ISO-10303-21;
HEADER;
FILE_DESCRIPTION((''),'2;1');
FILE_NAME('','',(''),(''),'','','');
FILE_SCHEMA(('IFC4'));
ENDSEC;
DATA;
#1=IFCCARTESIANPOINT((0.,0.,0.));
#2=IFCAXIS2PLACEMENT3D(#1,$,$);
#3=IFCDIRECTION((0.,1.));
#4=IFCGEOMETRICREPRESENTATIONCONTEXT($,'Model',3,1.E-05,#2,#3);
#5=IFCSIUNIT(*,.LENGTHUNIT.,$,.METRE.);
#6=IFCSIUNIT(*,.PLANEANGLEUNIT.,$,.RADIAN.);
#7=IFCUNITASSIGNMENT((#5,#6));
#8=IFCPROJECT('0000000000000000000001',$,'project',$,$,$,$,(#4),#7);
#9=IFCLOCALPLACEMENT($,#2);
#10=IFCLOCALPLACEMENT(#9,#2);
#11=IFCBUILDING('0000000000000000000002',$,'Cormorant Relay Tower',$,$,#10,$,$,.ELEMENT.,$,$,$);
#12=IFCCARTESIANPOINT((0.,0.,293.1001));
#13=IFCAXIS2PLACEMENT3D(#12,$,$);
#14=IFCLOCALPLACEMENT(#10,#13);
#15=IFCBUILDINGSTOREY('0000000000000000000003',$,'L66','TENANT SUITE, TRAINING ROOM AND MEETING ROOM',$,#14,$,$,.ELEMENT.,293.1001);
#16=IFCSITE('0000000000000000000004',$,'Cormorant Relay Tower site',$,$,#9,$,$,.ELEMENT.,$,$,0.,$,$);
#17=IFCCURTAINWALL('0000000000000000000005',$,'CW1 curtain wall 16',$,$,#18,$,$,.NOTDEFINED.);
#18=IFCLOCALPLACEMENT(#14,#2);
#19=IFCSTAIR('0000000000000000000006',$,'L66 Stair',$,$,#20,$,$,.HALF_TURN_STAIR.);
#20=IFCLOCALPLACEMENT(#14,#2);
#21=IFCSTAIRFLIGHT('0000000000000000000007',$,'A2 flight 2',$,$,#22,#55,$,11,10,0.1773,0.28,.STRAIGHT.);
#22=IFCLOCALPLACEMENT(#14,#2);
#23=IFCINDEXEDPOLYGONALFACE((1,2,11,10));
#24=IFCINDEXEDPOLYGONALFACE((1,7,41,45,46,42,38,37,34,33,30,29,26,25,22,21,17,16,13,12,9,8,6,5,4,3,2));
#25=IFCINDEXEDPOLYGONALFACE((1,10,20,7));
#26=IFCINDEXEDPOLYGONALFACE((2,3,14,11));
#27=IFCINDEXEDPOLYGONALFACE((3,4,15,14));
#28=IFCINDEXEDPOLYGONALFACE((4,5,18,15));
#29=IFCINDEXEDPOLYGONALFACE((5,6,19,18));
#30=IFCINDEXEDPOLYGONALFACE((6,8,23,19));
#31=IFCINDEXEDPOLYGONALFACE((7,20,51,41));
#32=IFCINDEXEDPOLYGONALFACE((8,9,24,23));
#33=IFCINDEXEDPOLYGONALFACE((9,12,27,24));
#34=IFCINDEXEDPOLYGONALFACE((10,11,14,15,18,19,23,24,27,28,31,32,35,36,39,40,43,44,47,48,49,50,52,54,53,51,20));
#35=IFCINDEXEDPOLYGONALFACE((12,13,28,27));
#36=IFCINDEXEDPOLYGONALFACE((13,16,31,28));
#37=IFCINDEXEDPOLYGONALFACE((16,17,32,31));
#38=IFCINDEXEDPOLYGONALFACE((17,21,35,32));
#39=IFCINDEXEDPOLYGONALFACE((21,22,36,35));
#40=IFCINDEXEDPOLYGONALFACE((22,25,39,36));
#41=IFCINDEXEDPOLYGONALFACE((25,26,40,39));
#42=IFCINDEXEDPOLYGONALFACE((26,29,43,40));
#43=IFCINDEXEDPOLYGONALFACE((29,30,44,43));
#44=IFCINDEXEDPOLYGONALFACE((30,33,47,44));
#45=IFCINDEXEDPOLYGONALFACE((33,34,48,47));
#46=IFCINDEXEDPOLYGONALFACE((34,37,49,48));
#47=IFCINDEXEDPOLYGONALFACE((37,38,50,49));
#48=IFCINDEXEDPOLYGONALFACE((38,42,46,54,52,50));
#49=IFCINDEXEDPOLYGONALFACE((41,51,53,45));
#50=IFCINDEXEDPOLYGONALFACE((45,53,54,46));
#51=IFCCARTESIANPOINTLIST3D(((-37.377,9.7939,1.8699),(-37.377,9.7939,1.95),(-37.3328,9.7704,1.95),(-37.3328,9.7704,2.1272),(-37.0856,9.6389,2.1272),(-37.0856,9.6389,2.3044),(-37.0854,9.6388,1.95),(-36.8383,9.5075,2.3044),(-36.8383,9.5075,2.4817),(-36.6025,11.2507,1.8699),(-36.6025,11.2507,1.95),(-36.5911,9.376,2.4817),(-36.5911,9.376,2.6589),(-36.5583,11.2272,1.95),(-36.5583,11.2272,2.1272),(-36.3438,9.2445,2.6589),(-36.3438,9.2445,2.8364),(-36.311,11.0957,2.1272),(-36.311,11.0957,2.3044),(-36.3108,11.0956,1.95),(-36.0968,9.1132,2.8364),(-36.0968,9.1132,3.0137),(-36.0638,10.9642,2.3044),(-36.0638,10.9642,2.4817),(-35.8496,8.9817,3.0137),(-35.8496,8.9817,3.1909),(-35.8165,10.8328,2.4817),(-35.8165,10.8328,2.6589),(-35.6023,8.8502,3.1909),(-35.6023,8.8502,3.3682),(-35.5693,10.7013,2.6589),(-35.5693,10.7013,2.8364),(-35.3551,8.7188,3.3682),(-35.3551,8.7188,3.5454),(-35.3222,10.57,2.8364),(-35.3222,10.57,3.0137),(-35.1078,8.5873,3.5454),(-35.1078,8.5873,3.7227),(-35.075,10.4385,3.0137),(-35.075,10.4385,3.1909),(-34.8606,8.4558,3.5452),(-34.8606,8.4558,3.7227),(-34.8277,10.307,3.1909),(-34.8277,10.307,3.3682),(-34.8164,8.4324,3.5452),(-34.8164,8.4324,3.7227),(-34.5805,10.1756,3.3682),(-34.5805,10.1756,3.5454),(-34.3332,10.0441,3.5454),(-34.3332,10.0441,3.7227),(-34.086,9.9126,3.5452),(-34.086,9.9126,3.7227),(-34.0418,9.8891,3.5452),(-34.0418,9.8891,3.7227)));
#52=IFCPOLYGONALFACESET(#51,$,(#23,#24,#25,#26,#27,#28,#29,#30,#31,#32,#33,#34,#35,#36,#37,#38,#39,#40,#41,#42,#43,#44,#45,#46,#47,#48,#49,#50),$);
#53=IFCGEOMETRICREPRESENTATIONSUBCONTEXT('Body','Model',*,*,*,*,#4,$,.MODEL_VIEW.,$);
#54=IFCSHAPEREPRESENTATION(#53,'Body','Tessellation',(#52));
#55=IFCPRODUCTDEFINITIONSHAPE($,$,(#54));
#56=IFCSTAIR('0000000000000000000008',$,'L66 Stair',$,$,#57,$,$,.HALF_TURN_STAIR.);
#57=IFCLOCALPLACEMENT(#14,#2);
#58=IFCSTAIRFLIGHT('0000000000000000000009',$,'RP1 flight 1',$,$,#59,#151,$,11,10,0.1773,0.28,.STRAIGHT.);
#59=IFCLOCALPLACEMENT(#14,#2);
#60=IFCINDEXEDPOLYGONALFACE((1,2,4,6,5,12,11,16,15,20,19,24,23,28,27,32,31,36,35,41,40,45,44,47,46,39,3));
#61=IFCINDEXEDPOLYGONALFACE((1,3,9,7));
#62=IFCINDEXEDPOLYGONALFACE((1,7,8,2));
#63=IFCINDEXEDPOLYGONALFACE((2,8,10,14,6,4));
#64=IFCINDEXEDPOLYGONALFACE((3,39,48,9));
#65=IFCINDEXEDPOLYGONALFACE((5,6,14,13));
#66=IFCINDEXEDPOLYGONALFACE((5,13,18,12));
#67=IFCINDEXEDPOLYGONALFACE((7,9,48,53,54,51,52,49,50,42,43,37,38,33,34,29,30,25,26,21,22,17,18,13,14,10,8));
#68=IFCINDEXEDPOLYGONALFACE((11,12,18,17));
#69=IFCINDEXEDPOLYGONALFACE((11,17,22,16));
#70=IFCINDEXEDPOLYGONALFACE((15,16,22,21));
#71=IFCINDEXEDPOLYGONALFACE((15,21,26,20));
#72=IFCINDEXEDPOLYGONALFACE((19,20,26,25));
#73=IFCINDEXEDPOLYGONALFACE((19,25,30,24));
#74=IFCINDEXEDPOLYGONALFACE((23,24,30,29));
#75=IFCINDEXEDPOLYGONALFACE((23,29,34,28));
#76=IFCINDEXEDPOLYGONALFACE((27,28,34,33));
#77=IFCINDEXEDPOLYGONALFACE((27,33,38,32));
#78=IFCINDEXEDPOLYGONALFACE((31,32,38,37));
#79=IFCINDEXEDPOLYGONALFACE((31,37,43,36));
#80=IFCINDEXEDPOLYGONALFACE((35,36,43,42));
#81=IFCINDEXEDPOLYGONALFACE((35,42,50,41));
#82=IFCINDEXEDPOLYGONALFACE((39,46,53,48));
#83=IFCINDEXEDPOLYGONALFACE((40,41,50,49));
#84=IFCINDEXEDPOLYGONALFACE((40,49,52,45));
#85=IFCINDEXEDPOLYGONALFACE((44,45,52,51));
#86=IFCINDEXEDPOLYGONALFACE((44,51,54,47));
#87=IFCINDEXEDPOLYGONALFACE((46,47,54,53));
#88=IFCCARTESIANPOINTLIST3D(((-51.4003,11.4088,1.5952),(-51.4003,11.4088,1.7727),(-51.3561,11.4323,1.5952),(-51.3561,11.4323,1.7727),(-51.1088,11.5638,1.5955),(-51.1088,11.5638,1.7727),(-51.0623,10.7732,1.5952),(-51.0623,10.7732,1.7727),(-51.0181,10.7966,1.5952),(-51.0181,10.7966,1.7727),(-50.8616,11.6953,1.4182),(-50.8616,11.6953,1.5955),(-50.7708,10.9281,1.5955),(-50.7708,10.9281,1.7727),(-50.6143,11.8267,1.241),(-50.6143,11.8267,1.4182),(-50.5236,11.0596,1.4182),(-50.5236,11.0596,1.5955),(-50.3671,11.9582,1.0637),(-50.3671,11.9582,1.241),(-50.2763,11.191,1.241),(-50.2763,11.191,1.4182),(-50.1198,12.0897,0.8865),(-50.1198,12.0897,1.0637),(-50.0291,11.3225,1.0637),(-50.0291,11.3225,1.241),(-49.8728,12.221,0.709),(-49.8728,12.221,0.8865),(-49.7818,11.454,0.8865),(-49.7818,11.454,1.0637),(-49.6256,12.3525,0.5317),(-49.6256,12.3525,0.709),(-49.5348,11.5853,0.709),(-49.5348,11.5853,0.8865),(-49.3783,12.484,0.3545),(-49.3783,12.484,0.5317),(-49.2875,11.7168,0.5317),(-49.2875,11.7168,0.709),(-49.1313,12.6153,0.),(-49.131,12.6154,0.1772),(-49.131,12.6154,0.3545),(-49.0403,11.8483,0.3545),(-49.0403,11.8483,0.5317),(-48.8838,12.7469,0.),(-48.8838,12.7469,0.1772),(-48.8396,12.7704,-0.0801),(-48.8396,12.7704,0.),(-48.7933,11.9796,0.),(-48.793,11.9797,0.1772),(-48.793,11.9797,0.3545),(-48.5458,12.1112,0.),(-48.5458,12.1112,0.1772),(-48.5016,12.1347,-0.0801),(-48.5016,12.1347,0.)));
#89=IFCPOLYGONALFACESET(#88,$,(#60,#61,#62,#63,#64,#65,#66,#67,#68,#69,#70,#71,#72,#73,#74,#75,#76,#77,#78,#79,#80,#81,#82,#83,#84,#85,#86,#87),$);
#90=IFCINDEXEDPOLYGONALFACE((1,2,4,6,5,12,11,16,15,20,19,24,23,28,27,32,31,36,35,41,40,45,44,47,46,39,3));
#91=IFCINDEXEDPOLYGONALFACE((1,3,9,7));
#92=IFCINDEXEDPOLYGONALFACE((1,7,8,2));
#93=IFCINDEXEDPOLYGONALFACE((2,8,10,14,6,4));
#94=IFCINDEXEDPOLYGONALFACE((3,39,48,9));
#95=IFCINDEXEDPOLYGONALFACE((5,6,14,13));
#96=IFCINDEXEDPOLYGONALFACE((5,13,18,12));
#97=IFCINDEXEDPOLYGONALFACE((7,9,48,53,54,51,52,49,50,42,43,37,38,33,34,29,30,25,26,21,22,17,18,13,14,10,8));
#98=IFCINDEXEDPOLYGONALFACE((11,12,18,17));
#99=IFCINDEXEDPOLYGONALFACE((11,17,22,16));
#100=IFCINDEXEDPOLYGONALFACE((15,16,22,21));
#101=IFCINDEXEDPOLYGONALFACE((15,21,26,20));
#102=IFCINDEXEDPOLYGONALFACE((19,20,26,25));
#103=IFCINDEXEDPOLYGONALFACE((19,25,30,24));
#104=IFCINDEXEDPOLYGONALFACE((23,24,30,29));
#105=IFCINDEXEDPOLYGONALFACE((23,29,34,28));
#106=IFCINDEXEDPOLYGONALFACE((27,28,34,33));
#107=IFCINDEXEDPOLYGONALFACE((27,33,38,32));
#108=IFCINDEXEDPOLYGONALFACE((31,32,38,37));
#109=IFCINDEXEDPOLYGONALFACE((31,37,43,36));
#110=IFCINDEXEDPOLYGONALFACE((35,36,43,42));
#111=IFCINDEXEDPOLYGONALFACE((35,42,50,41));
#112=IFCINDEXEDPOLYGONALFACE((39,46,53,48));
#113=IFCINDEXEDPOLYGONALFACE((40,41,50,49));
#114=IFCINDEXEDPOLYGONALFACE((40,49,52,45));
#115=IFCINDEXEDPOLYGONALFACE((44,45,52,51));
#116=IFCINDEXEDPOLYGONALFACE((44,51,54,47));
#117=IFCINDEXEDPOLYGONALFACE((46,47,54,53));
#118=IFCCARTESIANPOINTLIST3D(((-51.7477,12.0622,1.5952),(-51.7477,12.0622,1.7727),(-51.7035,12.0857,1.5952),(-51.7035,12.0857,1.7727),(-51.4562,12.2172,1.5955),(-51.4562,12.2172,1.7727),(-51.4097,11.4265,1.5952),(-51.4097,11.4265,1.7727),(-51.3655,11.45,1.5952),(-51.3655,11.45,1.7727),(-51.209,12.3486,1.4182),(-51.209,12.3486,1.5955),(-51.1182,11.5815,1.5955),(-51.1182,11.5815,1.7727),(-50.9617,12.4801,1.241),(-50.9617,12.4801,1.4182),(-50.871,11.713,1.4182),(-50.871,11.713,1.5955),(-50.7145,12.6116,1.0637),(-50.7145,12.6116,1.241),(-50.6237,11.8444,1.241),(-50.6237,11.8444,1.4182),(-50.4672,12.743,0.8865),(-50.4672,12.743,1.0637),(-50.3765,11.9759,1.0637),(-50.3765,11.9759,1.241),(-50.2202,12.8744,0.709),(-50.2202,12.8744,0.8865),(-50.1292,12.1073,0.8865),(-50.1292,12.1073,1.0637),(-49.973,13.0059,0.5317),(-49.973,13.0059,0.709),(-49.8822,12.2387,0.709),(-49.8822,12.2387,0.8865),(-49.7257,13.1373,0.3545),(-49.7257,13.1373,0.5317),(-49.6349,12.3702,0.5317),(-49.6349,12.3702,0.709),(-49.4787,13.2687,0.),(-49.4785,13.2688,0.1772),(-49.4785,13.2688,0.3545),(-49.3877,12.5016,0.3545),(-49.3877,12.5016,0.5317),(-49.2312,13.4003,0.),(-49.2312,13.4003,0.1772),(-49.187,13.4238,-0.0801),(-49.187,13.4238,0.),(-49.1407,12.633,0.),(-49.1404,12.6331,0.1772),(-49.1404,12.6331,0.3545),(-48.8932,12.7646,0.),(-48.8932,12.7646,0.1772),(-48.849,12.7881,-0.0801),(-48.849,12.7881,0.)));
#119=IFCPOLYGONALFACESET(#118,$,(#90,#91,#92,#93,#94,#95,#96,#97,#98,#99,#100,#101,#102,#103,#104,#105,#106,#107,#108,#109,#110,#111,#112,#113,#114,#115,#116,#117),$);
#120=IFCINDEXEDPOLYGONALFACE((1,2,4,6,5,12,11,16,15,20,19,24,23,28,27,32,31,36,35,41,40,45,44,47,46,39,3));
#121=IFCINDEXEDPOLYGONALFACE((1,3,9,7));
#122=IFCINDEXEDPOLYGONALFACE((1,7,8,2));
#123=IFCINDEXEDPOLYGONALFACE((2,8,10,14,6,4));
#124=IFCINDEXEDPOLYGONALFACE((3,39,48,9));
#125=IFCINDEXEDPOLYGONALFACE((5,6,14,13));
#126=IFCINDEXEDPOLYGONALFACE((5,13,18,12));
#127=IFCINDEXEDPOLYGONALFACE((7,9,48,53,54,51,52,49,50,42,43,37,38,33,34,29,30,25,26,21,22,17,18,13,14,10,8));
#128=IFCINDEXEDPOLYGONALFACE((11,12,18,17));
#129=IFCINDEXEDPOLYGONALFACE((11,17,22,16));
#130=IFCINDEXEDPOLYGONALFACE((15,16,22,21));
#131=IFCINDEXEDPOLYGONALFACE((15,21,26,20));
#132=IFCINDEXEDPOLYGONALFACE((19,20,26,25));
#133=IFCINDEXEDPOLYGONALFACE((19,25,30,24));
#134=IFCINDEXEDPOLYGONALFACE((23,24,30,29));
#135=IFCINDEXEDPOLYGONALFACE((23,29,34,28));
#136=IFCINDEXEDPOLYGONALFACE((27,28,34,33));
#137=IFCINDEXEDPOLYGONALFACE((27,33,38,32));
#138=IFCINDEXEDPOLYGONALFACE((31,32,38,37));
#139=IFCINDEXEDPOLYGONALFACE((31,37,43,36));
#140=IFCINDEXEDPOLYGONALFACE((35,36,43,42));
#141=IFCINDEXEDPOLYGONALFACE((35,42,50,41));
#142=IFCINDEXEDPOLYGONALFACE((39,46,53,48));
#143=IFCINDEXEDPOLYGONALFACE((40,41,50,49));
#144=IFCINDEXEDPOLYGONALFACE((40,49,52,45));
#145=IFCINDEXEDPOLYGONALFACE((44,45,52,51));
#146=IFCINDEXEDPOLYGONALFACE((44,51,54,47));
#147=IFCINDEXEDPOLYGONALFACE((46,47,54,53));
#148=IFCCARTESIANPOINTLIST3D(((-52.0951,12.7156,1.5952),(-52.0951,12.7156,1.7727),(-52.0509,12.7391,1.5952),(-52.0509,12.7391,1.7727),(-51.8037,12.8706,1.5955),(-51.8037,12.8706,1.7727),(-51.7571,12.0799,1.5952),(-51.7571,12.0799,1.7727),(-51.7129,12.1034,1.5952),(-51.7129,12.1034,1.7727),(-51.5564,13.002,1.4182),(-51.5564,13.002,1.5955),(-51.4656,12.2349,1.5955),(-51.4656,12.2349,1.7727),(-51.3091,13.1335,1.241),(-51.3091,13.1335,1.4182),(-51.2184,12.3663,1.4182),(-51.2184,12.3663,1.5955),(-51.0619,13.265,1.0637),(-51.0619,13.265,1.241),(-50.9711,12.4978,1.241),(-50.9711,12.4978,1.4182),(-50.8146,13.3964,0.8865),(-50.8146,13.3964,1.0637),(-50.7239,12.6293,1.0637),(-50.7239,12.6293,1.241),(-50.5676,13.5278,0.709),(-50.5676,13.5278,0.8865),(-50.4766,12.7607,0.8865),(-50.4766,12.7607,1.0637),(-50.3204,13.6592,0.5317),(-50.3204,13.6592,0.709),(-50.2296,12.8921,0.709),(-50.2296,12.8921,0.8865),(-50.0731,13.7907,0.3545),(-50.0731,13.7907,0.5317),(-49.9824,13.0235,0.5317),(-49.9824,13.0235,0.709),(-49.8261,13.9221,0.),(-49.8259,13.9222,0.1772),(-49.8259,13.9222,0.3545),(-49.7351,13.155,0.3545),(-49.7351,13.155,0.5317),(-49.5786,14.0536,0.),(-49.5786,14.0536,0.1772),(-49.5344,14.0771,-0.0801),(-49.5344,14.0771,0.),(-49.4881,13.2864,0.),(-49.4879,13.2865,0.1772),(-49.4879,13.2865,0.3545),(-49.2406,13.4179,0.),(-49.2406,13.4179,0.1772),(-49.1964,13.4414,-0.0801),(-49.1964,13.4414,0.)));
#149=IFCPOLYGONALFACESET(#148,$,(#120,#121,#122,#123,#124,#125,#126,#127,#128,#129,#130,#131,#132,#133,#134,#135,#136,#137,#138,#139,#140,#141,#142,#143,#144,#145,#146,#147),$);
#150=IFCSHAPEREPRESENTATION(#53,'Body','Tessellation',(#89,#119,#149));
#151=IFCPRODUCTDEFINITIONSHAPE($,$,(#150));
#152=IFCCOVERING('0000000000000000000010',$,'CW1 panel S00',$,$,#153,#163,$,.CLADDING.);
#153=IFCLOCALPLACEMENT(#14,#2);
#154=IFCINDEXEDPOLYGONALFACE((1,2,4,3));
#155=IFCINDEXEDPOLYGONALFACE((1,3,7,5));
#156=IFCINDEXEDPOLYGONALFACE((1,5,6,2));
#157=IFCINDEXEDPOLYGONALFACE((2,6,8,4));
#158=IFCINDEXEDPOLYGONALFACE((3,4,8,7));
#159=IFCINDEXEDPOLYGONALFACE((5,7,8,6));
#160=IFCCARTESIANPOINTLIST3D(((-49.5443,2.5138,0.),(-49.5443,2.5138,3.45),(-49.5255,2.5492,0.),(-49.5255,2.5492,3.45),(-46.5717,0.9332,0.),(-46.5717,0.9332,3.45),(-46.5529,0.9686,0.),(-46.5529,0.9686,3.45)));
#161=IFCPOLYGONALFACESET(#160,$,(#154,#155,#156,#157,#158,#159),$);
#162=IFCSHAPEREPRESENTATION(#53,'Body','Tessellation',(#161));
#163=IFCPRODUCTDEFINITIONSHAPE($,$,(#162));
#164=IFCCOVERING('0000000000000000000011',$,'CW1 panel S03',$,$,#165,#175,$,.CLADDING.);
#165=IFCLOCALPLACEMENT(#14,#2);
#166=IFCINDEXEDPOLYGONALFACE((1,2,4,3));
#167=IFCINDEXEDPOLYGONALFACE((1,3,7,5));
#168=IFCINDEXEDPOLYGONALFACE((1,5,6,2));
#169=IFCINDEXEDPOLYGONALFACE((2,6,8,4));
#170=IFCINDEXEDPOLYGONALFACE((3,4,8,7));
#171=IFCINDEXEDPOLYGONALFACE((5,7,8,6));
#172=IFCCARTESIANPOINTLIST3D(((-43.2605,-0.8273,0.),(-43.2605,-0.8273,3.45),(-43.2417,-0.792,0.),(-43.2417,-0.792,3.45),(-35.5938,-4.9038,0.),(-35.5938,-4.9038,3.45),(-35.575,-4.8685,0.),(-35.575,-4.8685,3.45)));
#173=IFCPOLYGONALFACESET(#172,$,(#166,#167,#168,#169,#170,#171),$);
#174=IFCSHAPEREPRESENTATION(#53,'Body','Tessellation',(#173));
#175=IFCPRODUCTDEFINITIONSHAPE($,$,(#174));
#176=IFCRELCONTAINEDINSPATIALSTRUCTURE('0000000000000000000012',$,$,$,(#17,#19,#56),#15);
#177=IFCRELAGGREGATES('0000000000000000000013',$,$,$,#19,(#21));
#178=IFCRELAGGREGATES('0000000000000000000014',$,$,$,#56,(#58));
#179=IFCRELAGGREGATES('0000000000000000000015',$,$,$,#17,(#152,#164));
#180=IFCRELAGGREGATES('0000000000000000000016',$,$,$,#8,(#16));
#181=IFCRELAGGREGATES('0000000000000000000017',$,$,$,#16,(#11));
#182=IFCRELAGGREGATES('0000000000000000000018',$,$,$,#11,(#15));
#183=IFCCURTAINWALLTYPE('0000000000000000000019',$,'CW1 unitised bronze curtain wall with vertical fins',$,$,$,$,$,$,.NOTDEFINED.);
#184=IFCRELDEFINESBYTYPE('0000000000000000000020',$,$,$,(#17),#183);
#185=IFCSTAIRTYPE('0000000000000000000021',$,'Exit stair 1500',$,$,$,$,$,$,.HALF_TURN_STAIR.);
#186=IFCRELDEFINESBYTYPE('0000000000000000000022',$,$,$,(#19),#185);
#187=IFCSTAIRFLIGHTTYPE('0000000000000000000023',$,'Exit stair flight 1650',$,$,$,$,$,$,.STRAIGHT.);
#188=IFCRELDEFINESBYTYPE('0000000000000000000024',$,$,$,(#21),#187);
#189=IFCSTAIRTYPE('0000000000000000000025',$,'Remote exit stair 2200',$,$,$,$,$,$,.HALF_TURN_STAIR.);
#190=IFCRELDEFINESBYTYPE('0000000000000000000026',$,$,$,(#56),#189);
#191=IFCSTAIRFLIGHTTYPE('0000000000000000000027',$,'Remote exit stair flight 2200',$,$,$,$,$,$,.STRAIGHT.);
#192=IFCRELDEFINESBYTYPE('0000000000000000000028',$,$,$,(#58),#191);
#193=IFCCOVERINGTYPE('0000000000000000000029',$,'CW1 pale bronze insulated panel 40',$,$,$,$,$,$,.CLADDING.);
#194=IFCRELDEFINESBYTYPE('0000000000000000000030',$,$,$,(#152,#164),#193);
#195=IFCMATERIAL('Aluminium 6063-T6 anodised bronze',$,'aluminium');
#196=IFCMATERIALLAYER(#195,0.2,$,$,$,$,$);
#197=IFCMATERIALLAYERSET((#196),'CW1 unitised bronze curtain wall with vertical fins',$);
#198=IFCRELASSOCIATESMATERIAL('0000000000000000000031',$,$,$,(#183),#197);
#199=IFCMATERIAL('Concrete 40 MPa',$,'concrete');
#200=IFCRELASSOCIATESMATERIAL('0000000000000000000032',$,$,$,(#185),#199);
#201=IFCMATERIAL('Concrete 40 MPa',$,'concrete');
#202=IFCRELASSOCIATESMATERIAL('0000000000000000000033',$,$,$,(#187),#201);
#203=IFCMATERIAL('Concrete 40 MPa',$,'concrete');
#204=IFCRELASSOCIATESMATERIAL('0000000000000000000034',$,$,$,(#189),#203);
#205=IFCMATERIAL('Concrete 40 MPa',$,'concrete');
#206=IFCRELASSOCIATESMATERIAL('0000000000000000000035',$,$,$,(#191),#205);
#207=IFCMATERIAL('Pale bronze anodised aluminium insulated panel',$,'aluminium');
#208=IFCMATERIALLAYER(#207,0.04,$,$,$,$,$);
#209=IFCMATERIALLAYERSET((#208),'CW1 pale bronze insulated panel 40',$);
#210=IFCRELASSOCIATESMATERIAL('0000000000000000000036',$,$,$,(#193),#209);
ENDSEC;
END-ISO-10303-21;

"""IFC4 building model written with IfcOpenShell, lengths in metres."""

from ifc_helpers import new_model, si_unit, direction, frame, origin, origin_2d, place, context, subcontext, project, spatial, polyline, rectangle, outline, extrude, material, layer, layer_set, type_object, element, aggregate, save


model = new_model("IFC4")

# Units and contexts
model_context = context("Model", 3, precision=1e-05, world=origin(), true_north=direction((0.0, 1.0)))
body_context = subcontext(model_context, "Body", "Model", "MODEL_VIEW")
ifc_project = project(units=[si_unit("LENGTHUNIT", "METRE"), si_unit("PLANEANGLEUNIT", "RADIAN")], contexts=[model_context])

# Site, building, storey
site_placement = place(None, origin())
site = spatial("IfcSite", under=ifc_project, at=site_placement, Name="Cormorant Relay Tower site", CompositionType="ELEMENT", RefElevation=0.0)
building_placement = place(site_placement, origin())
building = spatial("IfcBuilding", under=site, at=building_placement, Name="Cormorant Relay Tower", CompositionType="ELEMENT")
storey_placement = place(building_placement, frame((0.0, 0.0, 293.1001)))
storey = spatial("IfcBuildingStorey", under=building, at=storey_placement, Name="L66", Description="TENANT SUITE, TRAINING ROOM AND MEETING ROOM", CompositionType="ELEMENT", Elevation=293.1001)

# Curtain wall
ifc_material_1 = material(Name="Aluminium 6063-T6 anodised bronze", Category="aluminium")
ifc_layer_1 = layer(ifc_material_1, 0.2)
ifc_layer_set_1 = layer_set([ifc_layer_1], Name="CW1 unitised bronze curtain wall with vertical fins")
curtain_wall_type = type_object("IfcCurtainWallType", Name="CW1 unitised bronze curtain wall with vertical fins", PredefinedType="NOTDEFINED", material=ifc_layer_set_1)
curtain_wall_placement = place(storey_placement, origin())
curtain_wall = element("IfcCurtainWall", 1, at=curtain_wall_placement, inside=storey, type_object=curtain_wall_type, Name="CW1 curtain wall 16", PredefinedType="NOTDEFINED")

# Stairs, stair flights
ifc_material_2 = material(Name="Concrete 40 MPa", Category="concrete")
stair_type_1 = type_object("IfcStairType", Name="Exit stair 1500", PredefinedType="HALF_TURN_STAIR", material=ifc_material_2)
stair_1_placement = place(storey_placement, origin())
stair_1 = element("IfcStair", 2, at=stair_1_placement, inside=storey, type_object=stair_type_1, Name="L66 Stair", PredefinedType="HALF_TURN_STAIR")
ifc_material_3 = material(Name="Concrete 40 MPa", Category="concrete")
stair_flight_type_1 = type_object("IfcStairFlightType", Name="Exit stair flight 1650", PredefinedType="STRAIGHT", material=ifc_material_3)
stair_flight_1_placement = place(storey_placement, frame((-36.9456, 10.4988, 1.95), z_axis=(0.0, 0.0, 1.0), x_axis=(0.882948, -0.469472, 0.0)))
stair_flight_1 = element("IfcStairFlight", 3, at=stair_flight_1_placement, type_object=stair_flight_type_1, Name="A2 flight 2", NumberOfRisers=11, NumberOfTreads=10, PredefinedType="STRAIGHT", RiserHeight=0.1773, TreadLength=0.28, context=body_context, shape_type="SweptSolid", body=[
    extrude(outline(polyline([(-0.05, -0.0801), (-0.05, 0.0), (0.0, 0.0), (0.0, 0.1772), (0.28, 0.1772), (0.28, 0.3545), (0.5601, 0.3545), (0.5601, 0.5317), (0.8401, 0.5317), (0.8401, 0.709), (1.1201, 0.709), (1.1201, 0.8865), (1.3999, 0.8865), (1.3999, 1.0637), (1.6799, 1.0637), (1.6799, 1.241), (1.96, 1.241), (1.96, 1.4182), (2.24, 1.4182), (2.24, 1.5955), (2.52, 1.5955), (2.52, 1.7727), (2.8, 1.7727), (2.8501, 1.7727), (2.8501, 1.5952), (2.8, 1.5952), (0.2803, 0.0), (-0.05, -0.0801)])), frame((0.0, 0.825, 0.0), z_axis=(0.0, -1.0, 0.0), x_axis=(1.0, 0.0, 0.0)), (0.0, 0.0, 1.0), 1.6499),
])
aggregate(stair_1, [stair_flight_1])
ifc_material_4 = material(Name="Concrete 40 MPa", Category="concrete")
stair_type_2 = type_object("IfcStairType", Name="Remote exit stair 2200", PredefinedType="HALF_TURN_STAIR", material=ifc_material_4)
stair_2_placement = place(storey_placement, origin())
stair_2 = element("IfcStair", 4, at=stair_2_placement, inside=storey, type_object=stair_type_2, Name="L66 Stair", PredefinedType="HALF_TURN_STAIR")
ifc_material_5 = material(Name="Concrete 40 MPa", Category="concrete")
stair_flight_type_2 = type_object("IfcStairFlightType", Name="Remote exit stair flight 2200", PredefinedType="STRAIGHT", material=ifc_material_5)
stair_flight_2_placement = place(storey_placement, frame((-49.0623, 13.0825, 0.0), z_axis=(0.0, 0.0, 1.0), x_axis=(-0.882948, -0.469472, 0.0)))
stair_flight_2 = element("IfcStairFlight", 5, at=stair_flight_2_placement, type_object=stair_flight_type_2, Name="RP1 flight 1", NumberOfRisers=11, NumberOfTreads=10, PredefinedType="STRAIGHT", RiserHeight=0.1773, TreadLength=0.28, context=body_context, shape_type="SweptSolid", body=[
    extrude(outline(polyline([(-0.05, -0.0801), (-0.05, 0.0), (0.0, 0.0), (0.0, 0.1772), (0.28, 0.1772), (0.28, 0.3545), (0.5601, 0.3545), (0.5601, 0.5317), (0.8401, 0.5317), (0.8401, 0.709), (1.1201, 0.709), (1.1201, 0.8865), (1.3999, 0.8865), (1.3999, 1.0637), (1.6799, 1.0637), (1.6799, 1.241), (1.96, 1.241), (1.96, 1.4182), (2.24, 1.4182), (2.24, 1.5955), (2.52, 1.5955), (2.52, 1.7727), (2.8, 1.7727), (2.8501, 1.7727), (2.8501, 1.5952), (2.8, 1.5952), (0.2803, 0.0), (-0.05, -0.0801)])), frame((0.0, 1.1001, 0.0), z_axis=(0.0, -1.0, 0.0), x_axis=(1.0, 0.0, 0.0)), (0.0, 0.0, 1.0), 0.72),
    extrude(outline(polyline([(-0.05, -0.0801), (-0.05, 0.0), (0.0, 0.0), (0.0, 0.1772), (0.28, 0.1772), (0.28, 0.3545), (0.5601, 0.3545), (0.5601, 0.5317), (0.8401, 0.5317), (0.8401, 0.709), (1.1201, 0.709), (1.1201, 0.8865), (1.3999, 0.8865), (1.3999, 1.0637), (1.6799, 1.0637), (1.6799, 1.241), (1.96, 1.241), (1.96, 1.4182), (2.24, 1.4182), (2.24, 1.5955), (2.52, 1.5955), (2.52, 1.7727), (2.8, 1.7727), (2.8501, 1.7727), (2.8501, 1.5952), (2.8, 1.5952), (0.2803, 0.0), (-0.05, -0.0801)])), frame((0.0, 0.3601, 0.0), z_axis=(0.0, -1.0, 0.0), x_axis=(1.0, 0.0, 0.0)), (0.0, 0.0, 1.0), 0.72),
    extrude(outline(polyline([(-0.05, -0.0801), (-0.05, 0.0), (0.0, 0.0), (0.0, 0.1772), (0.28, 0.1772), (0.28, 0.3545), (0.5601, 0.3545), (0.5601, 0.5317), (0.8401, 0.5317), (0.8401, 0.709), (1.1201, 0.709), (1.1201, 0.8865), (1.3999, 0.8865), (1.3999, 1.0637), (1.6799, 1.0637), (1.6799, 1.241), (1.96, 1.241), (1.96, 1.4182), (2.24, 1.4182), (2.24, 1.5955), (2.52, 1.5955), (2.52, 1.7727), (2.8, 1.7727), (2.8501, 1.7727), (2.8501, 1.5952), (2.8, 1.5952), (0.2803, 0.0), (-0.05, -0.0801)])), frame((0.0, -0.3799, 0.0), z_axis=(0.0, -1.0, 0.0), x_axis=(1.0, 0.0, 0.0)), (0.0, 0.0, 1.0), 0.72),
])
aggregate(stair_2, [stair_flight_2])

# Coverings
ifc_material_6 = material(Name="Pale bronze anodised aluminium insulated panel", Category="aluminium")
ifc_layer_2 = layer(ifc_material_6, 0.04)
ifc_layer_set_2 = layer_set([ifc_layer_2], Name="CW1 pale bronze insulated panel 40")
covering_type = type_object("IfcCoveringType", Name="CW1 pale bronze insulated panel 40", PredefinedType="CLADDING", material=ifc_layer_set_2)
covering_1_placement = place(storey_placement, frame((-48.0486, 1.7412, 0.0), z_axis=(0.0, 0.0, 1.0), x_axis=(0.882948, -0.469472, 0.0)))
covering_1 = element("IfcCovering", 6, at=covering_1_placement, type_object=covering_type, Name="CW1 panel S00", PredefinedType="CLADDING", context=body_context, shape_type="SweptSolid", body=[
    extrude(rectangle(XDim=3.3667, YDim=0.04, at=origin_2d()), origin(), (0.0, 0.0, 1.0), 3.45),
])
covering_2_placement = place(storey_placement, frame((-39.4177, -2.8479, 0.0), z_axis=(0.0, 0.0, 1.0), x_axis=(0.882948, -0.469472, 0.0)))
covering_2 = element("IfcCovering", 7, at=covering_2_placement, type_object=covering_type, Name="CW1 panel S03", PredefinedType="CLADDING", context=body_context, shape_type="SweptSolid", body=[
    extrude(rectangle(XDim=8.6831, YDim=0.04, at=origin_2d()), origin(), (0.0, 0.0, 1.0), 3.45),
])
aggregate(curtain_wall, [covering_1, covering_2])

save(model, "model.ifc")
